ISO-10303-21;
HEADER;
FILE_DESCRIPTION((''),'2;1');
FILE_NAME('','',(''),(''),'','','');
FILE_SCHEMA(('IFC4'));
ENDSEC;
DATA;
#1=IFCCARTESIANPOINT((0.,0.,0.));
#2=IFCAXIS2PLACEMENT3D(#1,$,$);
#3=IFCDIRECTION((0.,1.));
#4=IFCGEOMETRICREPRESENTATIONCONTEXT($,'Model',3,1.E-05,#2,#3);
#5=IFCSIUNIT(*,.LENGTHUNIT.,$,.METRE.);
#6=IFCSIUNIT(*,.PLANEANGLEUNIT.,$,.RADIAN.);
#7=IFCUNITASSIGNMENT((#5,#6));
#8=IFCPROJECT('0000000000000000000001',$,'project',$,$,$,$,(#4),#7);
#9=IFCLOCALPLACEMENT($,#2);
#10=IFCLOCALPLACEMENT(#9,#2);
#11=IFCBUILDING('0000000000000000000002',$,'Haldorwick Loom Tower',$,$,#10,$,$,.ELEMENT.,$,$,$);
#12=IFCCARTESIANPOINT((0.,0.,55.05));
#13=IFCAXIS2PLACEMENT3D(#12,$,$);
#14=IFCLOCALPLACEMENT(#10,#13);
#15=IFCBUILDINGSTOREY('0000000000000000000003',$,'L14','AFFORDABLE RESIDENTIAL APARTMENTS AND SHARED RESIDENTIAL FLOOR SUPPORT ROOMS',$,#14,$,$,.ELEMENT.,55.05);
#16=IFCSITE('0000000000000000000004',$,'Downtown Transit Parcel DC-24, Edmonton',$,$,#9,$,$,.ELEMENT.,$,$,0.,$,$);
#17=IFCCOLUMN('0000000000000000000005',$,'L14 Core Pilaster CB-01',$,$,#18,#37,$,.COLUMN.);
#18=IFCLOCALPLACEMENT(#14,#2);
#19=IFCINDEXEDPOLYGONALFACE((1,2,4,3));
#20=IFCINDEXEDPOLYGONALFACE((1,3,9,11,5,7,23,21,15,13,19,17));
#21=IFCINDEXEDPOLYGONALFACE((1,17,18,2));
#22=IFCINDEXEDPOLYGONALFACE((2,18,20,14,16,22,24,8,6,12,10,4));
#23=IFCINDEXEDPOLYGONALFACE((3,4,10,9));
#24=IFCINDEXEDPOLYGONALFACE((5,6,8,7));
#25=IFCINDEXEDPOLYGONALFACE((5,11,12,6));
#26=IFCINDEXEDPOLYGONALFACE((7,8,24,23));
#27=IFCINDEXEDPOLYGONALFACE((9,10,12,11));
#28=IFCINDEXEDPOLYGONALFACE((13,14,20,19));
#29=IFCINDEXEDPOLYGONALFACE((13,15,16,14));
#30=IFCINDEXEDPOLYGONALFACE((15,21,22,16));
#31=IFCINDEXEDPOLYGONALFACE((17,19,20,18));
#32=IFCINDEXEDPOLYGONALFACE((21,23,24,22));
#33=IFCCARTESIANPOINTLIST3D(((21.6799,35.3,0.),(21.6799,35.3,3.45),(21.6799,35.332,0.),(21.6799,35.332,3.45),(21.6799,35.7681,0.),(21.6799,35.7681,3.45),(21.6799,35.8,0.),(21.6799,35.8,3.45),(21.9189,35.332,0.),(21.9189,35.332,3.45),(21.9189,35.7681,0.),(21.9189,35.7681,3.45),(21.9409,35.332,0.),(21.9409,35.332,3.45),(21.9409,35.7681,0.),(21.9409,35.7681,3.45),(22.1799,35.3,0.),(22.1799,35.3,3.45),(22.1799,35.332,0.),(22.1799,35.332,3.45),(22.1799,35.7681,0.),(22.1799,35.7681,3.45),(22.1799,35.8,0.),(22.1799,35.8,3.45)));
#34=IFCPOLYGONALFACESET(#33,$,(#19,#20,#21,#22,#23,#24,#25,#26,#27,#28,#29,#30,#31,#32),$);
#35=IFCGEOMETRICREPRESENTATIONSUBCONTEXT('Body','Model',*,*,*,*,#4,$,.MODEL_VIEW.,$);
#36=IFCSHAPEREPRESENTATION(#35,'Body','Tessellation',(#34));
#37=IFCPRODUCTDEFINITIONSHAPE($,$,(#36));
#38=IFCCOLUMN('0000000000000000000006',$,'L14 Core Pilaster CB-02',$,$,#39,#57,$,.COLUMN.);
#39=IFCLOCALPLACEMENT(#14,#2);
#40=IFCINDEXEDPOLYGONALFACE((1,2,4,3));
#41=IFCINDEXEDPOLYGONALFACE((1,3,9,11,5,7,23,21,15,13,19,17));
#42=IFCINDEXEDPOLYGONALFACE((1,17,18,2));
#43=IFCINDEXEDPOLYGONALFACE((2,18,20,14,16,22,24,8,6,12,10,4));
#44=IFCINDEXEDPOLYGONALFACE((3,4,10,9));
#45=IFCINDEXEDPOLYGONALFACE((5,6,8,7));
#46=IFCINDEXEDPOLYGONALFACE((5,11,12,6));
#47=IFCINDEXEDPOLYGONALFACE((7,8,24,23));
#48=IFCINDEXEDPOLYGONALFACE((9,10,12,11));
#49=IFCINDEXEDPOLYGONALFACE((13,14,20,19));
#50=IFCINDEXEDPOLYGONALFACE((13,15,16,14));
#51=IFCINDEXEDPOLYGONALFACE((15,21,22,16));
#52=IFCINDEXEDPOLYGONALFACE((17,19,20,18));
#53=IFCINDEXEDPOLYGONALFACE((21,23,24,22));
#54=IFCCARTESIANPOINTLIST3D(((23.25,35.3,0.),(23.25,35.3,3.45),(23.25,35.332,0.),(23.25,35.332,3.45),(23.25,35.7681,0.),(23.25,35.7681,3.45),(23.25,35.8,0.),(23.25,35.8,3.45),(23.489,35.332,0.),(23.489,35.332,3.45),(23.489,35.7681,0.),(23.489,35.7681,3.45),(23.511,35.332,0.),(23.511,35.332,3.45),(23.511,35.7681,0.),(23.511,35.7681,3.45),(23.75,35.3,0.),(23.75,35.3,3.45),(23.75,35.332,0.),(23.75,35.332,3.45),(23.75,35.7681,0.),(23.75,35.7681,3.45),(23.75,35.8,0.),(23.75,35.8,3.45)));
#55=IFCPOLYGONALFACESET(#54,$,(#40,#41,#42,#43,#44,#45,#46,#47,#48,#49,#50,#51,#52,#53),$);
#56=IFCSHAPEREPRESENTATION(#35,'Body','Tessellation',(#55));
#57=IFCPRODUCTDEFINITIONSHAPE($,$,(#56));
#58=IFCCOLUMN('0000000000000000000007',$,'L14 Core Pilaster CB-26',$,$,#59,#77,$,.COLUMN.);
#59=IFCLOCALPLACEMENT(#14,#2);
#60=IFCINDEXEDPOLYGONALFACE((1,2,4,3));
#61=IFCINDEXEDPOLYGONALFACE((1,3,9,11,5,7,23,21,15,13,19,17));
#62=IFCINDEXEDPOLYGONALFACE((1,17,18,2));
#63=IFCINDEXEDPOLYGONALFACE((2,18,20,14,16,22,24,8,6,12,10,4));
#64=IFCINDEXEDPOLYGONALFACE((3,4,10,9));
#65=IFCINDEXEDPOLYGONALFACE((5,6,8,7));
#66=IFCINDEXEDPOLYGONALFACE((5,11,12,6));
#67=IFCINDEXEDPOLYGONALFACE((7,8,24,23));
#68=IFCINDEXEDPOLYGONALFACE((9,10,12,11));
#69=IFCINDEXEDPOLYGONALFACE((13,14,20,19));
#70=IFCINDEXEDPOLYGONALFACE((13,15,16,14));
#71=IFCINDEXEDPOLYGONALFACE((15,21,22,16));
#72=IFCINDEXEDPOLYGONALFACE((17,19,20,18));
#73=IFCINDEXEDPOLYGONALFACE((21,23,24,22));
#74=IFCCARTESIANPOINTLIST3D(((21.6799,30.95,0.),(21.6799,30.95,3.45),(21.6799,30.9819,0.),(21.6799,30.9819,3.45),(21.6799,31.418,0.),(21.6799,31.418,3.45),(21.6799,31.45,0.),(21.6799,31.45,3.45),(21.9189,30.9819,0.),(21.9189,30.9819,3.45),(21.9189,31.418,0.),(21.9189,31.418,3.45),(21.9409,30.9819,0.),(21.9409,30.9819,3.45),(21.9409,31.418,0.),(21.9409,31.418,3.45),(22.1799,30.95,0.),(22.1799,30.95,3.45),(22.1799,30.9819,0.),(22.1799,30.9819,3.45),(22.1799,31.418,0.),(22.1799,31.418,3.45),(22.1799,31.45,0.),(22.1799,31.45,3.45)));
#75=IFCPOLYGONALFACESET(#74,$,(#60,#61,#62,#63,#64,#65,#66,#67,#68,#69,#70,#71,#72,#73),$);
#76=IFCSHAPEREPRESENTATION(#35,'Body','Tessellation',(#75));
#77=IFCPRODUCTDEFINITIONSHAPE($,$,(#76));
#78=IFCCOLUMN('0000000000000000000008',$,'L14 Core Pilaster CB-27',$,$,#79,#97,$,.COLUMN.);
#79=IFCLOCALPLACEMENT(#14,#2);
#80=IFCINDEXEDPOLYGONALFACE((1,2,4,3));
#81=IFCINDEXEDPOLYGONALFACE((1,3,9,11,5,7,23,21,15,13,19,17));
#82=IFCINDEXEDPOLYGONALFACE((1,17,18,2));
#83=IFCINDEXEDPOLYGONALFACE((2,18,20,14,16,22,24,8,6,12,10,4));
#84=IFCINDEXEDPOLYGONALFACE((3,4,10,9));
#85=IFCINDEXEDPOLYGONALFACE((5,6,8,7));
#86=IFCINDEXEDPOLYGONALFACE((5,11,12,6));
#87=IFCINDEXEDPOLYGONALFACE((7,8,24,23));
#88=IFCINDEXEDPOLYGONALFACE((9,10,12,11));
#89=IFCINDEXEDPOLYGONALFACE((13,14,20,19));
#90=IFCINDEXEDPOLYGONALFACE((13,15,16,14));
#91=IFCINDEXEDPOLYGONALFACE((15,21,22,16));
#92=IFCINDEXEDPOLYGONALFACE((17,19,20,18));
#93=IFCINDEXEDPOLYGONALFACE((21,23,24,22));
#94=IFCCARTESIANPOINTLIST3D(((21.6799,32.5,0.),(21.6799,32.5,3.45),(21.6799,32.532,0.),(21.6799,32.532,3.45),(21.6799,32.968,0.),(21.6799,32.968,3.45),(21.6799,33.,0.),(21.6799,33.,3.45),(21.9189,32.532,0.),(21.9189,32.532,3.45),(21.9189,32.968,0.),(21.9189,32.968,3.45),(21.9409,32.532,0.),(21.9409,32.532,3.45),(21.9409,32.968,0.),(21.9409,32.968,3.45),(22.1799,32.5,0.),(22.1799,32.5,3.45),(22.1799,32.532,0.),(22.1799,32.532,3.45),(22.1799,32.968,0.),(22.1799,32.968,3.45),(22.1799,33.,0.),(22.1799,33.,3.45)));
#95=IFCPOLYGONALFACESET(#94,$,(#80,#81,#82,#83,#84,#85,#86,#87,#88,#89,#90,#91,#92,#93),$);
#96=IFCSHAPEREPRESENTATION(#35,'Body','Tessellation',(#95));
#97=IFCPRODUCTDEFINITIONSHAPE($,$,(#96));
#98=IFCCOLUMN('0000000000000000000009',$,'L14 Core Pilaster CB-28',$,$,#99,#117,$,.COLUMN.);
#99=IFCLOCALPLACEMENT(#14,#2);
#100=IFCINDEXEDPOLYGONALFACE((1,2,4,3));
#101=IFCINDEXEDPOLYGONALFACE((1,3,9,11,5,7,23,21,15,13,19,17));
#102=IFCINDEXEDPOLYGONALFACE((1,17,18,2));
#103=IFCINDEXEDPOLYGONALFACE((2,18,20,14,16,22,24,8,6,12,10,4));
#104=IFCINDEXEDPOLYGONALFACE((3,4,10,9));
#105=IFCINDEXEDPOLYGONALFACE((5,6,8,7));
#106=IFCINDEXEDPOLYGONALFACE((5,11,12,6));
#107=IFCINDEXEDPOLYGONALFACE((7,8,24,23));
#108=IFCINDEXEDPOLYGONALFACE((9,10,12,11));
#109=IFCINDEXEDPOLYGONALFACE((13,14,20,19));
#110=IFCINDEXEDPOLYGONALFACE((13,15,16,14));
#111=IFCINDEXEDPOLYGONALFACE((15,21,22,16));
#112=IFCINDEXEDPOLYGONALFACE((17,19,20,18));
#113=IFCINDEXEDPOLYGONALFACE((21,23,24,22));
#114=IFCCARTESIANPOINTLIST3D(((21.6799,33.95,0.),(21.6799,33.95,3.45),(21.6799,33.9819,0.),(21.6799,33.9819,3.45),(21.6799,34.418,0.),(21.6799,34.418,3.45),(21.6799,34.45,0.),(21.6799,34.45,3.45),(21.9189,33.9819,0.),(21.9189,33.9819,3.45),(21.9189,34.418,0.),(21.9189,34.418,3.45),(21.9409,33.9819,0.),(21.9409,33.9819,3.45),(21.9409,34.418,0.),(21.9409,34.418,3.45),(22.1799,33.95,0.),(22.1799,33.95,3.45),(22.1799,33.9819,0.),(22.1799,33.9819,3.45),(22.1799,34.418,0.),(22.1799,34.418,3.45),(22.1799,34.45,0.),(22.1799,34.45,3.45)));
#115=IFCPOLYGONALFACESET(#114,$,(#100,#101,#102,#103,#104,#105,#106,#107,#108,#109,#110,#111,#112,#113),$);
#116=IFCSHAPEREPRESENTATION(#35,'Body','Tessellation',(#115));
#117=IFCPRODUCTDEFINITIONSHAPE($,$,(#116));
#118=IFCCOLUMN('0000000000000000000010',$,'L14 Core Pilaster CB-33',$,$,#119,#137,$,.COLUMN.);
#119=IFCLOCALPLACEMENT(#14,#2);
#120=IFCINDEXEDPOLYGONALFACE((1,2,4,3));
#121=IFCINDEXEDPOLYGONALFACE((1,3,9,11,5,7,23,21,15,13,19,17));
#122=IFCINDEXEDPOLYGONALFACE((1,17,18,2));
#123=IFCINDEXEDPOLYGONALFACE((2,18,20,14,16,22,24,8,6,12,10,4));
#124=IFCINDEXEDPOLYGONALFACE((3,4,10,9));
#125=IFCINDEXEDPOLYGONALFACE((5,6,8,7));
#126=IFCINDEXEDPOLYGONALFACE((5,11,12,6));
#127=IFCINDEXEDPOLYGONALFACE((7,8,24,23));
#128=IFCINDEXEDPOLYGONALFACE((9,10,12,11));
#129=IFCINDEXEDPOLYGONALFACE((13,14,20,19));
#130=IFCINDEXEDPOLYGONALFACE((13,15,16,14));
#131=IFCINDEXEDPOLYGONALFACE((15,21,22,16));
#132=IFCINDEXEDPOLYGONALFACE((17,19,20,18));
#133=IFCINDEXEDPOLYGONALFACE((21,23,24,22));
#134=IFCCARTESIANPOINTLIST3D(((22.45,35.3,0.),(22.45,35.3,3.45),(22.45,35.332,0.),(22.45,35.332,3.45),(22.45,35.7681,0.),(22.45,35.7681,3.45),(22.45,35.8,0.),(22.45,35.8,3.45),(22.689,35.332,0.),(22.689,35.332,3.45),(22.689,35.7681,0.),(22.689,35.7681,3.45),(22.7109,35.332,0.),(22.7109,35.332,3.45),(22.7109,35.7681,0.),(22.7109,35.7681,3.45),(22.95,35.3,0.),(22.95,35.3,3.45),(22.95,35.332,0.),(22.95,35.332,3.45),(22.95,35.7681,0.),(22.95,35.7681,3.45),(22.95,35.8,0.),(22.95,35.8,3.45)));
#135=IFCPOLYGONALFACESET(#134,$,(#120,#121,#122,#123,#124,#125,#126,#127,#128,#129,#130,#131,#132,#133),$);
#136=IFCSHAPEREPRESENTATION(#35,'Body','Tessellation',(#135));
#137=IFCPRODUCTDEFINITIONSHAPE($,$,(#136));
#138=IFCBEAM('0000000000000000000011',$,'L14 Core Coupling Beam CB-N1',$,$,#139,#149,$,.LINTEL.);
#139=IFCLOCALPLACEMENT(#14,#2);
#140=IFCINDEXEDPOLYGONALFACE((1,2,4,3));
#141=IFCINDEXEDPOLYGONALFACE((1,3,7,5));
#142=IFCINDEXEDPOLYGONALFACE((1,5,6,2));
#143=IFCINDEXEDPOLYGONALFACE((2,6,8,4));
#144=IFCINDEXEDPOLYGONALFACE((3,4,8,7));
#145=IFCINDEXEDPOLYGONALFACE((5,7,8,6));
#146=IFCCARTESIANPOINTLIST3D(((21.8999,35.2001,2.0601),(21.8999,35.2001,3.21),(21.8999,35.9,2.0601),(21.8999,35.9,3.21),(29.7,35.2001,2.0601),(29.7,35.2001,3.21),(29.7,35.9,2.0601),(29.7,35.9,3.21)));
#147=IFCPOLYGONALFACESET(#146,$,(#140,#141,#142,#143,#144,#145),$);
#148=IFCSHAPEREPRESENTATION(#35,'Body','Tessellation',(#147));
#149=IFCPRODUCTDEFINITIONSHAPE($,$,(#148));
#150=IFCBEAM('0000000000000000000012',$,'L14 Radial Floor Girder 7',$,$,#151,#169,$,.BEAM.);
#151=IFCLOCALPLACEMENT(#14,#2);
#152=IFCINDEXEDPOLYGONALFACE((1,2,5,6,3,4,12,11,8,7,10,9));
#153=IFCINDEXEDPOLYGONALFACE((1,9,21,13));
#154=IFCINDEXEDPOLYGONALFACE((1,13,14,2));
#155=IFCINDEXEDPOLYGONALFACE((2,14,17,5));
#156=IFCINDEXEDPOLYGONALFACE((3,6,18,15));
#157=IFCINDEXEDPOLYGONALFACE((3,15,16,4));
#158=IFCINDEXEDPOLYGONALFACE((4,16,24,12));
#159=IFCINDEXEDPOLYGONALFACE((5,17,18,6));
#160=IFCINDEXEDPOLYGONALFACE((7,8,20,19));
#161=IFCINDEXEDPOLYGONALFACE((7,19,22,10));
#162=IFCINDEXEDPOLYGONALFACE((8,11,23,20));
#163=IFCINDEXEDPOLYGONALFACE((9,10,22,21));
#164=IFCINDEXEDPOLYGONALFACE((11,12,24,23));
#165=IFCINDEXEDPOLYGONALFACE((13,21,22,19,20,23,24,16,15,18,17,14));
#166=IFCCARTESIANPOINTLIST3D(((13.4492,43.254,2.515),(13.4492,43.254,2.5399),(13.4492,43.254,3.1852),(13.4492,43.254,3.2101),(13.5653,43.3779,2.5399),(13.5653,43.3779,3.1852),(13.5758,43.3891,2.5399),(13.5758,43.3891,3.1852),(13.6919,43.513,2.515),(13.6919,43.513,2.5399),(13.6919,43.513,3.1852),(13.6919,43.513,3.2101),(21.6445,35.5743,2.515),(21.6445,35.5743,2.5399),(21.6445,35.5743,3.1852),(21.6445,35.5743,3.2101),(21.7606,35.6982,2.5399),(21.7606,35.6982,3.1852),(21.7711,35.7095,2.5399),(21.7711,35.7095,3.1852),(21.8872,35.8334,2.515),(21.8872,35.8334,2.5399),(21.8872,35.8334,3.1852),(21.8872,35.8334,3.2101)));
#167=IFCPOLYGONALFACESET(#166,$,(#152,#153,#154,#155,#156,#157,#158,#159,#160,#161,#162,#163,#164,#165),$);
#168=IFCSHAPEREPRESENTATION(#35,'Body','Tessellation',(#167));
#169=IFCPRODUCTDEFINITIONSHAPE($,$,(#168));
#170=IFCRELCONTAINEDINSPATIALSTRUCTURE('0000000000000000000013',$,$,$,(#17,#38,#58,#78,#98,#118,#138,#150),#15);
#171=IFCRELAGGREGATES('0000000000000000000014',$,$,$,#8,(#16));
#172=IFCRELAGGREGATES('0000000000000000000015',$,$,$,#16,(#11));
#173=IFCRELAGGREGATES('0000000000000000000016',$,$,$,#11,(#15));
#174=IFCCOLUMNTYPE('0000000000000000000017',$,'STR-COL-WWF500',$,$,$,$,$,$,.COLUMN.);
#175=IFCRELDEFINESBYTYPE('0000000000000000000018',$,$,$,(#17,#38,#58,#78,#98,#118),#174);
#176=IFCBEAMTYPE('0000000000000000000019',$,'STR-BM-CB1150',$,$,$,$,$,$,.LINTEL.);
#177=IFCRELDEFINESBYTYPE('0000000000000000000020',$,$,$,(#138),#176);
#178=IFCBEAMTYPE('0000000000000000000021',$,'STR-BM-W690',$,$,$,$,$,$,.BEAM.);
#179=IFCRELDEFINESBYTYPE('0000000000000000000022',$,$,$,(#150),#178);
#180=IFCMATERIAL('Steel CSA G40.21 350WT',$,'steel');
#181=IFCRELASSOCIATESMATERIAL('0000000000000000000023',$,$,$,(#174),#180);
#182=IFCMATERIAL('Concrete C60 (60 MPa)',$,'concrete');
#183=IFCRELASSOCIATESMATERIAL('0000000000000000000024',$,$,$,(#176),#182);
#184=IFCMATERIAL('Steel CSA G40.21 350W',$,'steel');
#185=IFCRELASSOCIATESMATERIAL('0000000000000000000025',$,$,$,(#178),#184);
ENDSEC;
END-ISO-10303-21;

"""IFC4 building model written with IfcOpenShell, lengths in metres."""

from ifc_helpers import new_model, si_unit, direction, frame, origin, origin_2d, place, context, subcontext, project, spatial, rectangle, i_section, extrude, material, material_profile, profile_set, type_object, element, save


model = new_model("IFC4")

# Units and contexts
model_context = context("Model", 3, precision=1e-05, world=origin(), true_north=direction((0.0, 1.0)))
body_context = subcontext(model_context, "Body", "Model", "MODEL_VIEW")
ifc_project = project(units=[si_unit("LENGTHUNIT", "METRE"), si_unit("PLANEANGLEUNIT", "RADIAN")], contexts=[model_context])

# Site, building, storey
site_placement = place(None, origin())
site = spatial("IfcSite", under=ifc_project, at=site_placement, Name="Downtown Transit Parcel DC-24, Edmonton", CompositionType="ELEMENT", RefElevation=0.0)
building_placement = place(site_placement, origin())
building = spatial("IfcBuilding", under=site, at=building_placement, Name="Haldorwick Loom Tower", CompositionType="ELEMENT")
storey_placement = place(building_placement, frame((0.0, 0.0, 55.05)))
storey = spatial("IfcBuildingStorey", under=building, at=storey_placement, Name="L14", Description="AFFORDABLE RESIDENTIAL APARTMENTS AND SHARED RESIDENTIAL FLOOR SUPPORT ROOMS", CompositionType="ELEMENT", Elevation=55.05)

# Columns
ifc_material_1 = material(Name="Steel CSA G40.21 350WT", Category="steel")
ifc_material_profile_1 = material_profile(ifc_material_1, i_section(OverallWidth=0.5, OverallDepth=0.5, WebThickness=0.022, FlangeThickness=0.032, at=origin_2d()), Name="WWF500X500", Category="steel")
ifc_profile_set_1 = profile_set([ifc_material_profile_1], Name="Steel CSA G40.21 350WT")
column_type = type_object("IfcColumnType", Name="STR-COL-WWF500", PredefinedType="COLUMN", material=ifc_profile_set_1)
for number, where, z_axis, x_axis, name in (
    (1, (21.9299, 35.55, 0.0), (0.0, 0.0, 1.0), (1.0, 0.0, 0.0), "L14 Core Pilaster CB-01"),
    (2, (23.5, 35.55, 0.0), (0.0, 0.0, 1.0), (1.0, 0.0, 0.0), "L14 Core Pilaster CB-02"),
    (3, (21.9299, 31.2, 0.0), (0.0, 0.0, 1.0), (1.0, 0.0, 0.0), "L14 Core Pilaster CB-26"),
    (4, (21.9299, 32.75, 0.0), (0.0, 0.0, 1.0), (1.0, 0.0, 0.0), "L14 Core Pilaster CB-27"),
    (5, (21.9299, 34.2, 0.0), (0.0, 0.0, 1.0), (1.0, 0.0, 0.0), "L14 Core Pilaster CB-28"),
    (6, (22.7, 35.55, 0.0), (0.0, 0.0, 1.0), (1.0, 0.0, 0.0), "L14 Core Pilaster CB-33"),
):
    element("IfcColumn", number, at=place(storey_placement, frame(where, z_axis=z_axis, x_axis=x_axis)), inside=storey, type_object=column_type, Name=name, PredefinedType="COLUMN", context=body_context, shape_type="SweptSolid", body=[
        extrude(i_section(OverallWidth=0.5, OverallDepth=0.5, WebThickness=0.022, FlangeThickness=0.032, at=origin_2d()), origin(), (0.0, 0.0, 1.0), 3.45),
    ])

# Beams
ifc_material_2 = material(Name="Concrete C60 (60 MPa)", Category="concrete")
ifc_material_profile_2 = material_profile(ifc_material_2, rectangle(XDim=0.7, YDim=1.1499, at=origin_2d()), Name="RC700X1150", Category="concrete")
ifc_profile_set_2 = profile_set([ifc_material_profile_2], Name="Concrete C60 (60 MPa)")
beam_type_1 = type_object("IfcBeamType", Name="STR-BM-CB1150", PredefinedType="LINTEL", material=ifc_profile_set_2)
beam_1_placement = place(storey_placement, frame((21.8999, 35.55, 2.635), z_axis=(1.0, 0.0, 0.0), x_axis=(0.0, 1.0, 0.0)))
element("IfcBeam", 7, at=beam_1_placement, inside=storey, type_object=beam_type_1, Name="L14 Core Coupling Beam CB-N1", PredefinedType="LINTEL", context=body_context, shape_type="SweptSolid", body=[
    extrude(rectangle(XDim=0.7, YDim=1.1499, at=origin_2d()), origin(), (0.0, 0.0, 1.0), 7.8),
])
ifc_material_3 = material(Name="Steel CSA G40.21 350W", Category="steel")
ifc_material_profile_3 = material_profile(ifc_material_3, i_section(OverallWidth=0.355, OverallDepth=0.6951, WebThickness=0.0154, FlangeThickness=0.0249, at=origin_2d()), Name="W690X217", Category="steel")
ifc_profile_set_3 = profile_set([ifc_material_profile_3], Name="Steel CSA G40.21 350W")
beam_type_2 = type_object("IfcBeamType", Name="STR-BM-W690", PredefinedType="BEAM", material=ifc_profile_set_3)
beam_2_placement = place(storey_placement, frame((21.7659, 35.7039, 2.8625), z_axis=(-0.729689, 0.683779, 0.0), x_axis=(-0.683779, -0.729689, 0.0)))
element("IfcBeam", 8, at=beam_2_placement, inside=storey, type_object=beam_type_2, Name="L14 Radial Floor Girder 7", PredefinedType="BEAM", context=body_context, shape_type="SweptSolid", body=[
    extrude(i_section(OverallWidth=0.355, OverallDepth=0.6951, WebThickness=0.0154, FlangeThickness=0.0249, at=origin_2d()), origin(), (0.0, 0.0, 1.0), 11.2312),
])

save(model, "model.ifc")
